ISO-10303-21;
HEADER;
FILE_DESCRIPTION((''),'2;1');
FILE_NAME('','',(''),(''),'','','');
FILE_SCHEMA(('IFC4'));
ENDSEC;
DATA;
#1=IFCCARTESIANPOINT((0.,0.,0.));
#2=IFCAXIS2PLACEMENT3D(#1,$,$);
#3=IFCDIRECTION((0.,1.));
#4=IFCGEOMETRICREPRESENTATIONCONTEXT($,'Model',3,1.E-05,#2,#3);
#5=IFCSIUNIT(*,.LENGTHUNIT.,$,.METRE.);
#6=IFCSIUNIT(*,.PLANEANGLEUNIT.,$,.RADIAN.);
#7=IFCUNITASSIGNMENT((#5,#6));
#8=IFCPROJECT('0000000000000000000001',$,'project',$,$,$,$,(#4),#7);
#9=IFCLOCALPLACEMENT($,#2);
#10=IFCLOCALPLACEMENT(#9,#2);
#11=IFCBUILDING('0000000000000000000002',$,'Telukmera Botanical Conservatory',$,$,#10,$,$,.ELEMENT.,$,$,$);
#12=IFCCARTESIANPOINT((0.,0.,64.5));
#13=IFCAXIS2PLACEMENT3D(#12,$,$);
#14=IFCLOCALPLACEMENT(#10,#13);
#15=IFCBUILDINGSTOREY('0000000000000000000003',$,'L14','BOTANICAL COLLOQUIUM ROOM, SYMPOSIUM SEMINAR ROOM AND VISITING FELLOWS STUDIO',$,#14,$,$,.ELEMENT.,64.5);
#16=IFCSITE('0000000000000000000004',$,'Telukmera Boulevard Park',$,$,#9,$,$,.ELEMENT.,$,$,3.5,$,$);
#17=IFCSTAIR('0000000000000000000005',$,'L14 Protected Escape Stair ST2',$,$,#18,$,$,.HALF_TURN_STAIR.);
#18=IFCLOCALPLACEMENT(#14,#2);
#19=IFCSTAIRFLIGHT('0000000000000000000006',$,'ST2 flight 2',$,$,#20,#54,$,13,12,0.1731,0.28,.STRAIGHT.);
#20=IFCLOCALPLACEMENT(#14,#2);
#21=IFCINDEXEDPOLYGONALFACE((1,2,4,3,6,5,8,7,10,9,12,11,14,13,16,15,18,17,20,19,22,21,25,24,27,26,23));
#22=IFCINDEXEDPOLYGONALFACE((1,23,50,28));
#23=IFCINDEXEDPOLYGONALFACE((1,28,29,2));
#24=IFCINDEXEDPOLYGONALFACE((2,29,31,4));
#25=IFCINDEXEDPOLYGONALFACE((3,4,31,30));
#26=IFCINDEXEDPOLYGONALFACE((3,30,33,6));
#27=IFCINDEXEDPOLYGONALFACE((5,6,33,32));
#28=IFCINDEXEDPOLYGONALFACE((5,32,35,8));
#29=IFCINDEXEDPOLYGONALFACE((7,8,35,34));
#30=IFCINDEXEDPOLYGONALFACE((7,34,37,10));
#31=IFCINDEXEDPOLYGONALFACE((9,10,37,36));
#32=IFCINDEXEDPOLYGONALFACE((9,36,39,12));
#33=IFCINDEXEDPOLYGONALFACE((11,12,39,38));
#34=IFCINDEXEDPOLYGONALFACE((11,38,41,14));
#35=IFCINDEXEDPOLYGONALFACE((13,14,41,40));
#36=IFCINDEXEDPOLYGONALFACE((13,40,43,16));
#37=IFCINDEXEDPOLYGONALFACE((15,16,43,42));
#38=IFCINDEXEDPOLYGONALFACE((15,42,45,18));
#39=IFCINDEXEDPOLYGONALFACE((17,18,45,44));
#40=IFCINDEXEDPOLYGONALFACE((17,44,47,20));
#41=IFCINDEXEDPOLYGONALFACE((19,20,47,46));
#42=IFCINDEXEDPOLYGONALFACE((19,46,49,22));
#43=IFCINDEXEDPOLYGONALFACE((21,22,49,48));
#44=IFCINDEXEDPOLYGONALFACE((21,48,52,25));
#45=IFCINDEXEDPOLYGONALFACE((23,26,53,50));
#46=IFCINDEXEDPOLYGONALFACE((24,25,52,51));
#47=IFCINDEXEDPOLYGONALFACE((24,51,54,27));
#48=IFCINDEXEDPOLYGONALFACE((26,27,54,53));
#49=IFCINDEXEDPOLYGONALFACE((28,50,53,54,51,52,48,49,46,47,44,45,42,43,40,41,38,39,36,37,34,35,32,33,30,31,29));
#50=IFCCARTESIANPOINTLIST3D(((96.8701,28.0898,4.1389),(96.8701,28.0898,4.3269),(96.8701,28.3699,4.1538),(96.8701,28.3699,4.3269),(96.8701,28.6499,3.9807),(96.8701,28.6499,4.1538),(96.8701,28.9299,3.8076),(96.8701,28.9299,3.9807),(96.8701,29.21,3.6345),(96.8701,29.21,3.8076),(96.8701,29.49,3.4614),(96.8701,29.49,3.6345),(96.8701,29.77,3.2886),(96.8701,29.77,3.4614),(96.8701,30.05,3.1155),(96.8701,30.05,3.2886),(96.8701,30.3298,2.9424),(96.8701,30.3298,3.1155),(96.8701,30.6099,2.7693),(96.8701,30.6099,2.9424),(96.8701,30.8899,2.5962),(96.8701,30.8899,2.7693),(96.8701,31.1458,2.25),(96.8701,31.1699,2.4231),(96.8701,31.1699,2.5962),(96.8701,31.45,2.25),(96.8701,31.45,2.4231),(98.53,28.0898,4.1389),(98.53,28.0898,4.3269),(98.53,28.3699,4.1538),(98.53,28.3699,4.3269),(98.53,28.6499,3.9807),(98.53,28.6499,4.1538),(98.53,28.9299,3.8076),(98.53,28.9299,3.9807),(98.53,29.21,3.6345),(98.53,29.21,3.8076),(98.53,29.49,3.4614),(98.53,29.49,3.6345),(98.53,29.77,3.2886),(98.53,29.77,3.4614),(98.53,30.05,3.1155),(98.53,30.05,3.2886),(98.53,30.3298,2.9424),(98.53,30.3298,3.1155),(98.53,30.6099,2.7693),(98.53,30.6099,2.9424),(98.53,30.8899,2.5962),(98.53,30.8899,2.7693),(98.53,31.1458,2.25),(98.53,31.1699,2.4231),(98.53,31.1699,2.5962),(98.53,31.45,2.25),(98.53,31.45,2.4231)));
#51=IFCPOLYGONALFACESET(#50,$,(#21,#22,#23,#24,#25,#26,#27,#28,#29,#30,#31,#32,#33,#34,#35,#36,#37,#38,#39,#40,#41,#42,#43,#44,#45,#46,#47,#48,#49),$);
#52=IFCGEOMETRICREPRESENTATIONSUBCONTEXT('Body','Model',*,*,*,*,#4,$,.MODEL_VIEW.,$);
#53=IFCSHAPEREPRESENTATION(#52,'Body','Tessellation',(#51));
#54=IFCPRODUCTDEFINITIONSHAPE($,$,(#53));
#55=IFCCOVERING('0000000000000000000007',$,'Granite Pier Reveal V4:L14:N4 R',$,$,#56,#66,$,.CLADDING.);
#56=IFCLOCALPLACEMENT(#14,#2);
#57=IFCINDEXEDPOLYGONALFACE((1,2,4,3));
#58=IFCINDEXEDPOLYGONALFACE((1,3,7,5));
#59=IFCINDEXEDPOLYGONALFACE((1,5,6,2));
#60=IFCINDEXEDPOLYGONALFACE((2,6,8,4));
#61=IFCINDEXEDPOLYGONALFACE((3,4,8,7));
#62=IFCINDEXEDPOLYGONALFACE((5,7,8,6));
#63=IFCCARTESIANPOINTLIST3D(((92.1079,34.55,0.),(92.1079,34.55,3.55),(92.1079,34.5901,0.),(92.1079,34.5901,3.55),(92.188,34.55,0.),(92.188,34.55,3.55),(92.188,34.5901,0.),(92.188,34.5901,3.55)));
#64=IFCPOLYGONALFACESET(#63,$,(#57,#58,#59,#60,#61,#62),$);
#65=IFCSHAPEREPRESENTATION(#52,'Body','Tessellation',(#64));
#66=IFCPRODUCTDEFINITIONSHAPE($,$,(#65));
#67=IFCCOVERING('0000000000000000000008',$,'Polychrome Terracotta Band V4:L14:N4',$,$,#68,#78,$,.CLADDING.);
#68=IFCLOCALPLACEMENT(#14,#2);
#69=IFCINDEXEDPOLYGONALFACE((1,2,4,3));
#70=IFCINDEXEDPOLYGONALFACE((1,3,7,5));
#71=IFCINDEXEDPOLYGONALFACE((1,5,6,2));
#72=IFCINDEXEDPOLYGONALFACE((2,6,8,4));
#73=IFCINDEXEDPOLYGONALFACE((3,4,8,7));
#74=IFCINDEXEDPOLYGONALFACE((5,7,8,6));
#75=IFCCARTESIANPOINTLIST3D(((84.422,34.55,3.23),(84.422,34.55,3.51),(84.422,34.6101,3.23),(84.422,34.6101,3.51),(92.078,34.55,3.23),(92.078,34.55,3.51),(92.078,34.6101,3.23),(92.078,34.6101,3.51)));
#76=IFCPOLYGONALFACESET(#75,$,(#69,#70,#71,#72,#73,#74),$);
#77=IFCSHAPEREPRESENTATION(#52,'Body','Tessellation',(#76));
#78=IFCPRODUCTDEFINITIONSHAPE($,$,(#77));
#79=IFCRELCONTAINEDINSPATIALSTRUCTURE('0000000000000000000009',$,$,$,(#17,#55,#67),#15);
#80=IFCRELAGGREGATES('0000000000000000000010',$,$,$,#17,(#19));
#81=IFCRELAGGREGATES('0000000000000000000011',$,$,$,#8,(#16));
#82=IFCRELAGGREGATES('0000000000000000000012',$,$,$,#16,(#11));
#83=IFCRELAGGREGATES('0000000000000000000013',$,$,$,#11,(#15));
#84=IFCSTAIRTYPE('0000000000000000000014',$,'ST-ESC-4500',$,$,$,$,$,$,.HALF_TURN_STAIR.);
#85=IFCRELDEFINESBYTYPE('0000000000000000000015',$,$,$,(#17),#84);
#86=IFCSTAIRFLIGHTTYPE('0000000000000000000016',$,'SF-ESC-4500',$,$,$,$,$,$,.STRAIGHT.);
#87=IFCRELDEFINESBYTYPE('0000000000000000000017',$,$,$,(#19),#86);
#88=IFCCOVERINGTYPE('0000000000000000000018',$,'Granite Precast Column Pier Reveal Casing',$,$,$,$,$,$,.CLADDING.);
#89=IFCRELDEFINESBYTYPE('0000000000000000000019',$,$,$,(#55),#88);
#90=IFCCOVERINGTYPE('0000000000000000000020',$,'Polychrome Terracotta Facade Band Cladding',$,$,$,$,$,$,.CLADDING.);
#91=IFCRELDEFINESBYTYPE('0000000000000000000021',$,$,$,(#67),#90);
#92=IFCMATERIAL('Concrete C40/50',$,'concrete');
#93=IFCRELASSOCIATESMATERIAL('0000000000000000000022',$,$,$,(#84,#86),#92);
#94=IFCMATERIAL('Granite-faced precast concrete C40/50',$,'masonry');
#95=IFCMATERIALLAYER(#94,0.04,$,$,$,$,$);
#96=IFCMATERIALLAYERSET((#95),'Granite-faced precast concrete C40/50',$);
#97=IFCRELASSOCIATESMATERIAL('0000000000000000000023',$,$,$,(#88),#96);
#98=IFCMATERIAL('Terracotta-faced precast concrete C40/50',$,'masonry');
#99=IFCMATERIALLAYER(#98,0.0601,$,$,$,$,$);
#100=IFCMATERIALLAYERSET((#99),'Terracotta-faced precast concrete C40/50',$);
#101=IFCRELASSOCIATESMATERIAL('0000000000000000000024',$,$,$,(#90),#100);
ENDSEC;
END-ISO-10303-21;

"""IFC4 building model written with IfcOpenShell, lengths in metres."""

from ifc_helpers import new_model, si_unit, direction, frame, origin, origin_2d, place, context, subcontext, project, spatial, polyline, rectangle, outline, extrude, material, layer, layer_set, type_object, element, aggregate, save


model = new_model("IFC4")

# Units and contexts
model_context = context("Model", 3, precision=1e-05, world=origin(), true_north=direction((0.0, 1.0)))
body_context = subcontext(model_context, "Body", "Model", "MODEL_VIEW")
ifc_project = project(units=[si_unit("LENGTHUNIT", "METRE"), si_unit("PLANEANGLEUNIT", "RADIAN")], contexts=[model_context])

# Site, building, storey
site_placement = place(None, origin())
site = spatial("IfcSite", under=ifc_project, at=site_placement, Name="Telukmera Boulevard Park", CompositionType="ELEMENT", RefElevation=3.5)
building_placement = place(site_placement, origin())
building = spatial("IfcBuilding", under=site, at=building_placement, Name="Telukmera Botanical Conservatory", CompositionType="ELEMENT")
storey_placement = place(building_placement, frame((0.0, 0.0, 64.5)))
storey = spatial("IfcBuildingStorey", under=building, at=storey_placement, Name="L14", Description="BOTANICAL COLLOQUIUM ROOM, SYMPOSIUM SEMINAR ROOM AND VISITING FELLOWS STUDIO", CompositionType="ELEMENT", Elevation=64.5)

# Shared definitions
ifc_material_1 = material(Name="Concrete C40/50", Category="concrete")

# Stair, stair flight
stair_type = type_object("IfcStairType", Name="ST-ESC-4500", PredefinedType="HALF_TURN_STAIR", material=ifc_material_1)
stair_placement = place(storey_placement, origin())
stair = element("IfcStair", 1, at=stair_placement, inside=storey, type_object=stair_type, Name="L14 Protected Escape Stair ST2", PredefinedType="HALF_TURN_STAIR")
stair_flight_type = type_object("IfcStairFlightType", Name="SF-ESC-4500", PredefinedType="STRAIGHT", material=ifc_material_1)
stair_flight_1_placement = place(storey_placement, frame((97.7, 31.45, 2.25), z_axis=(0.0, 0.0, 1.0), x_axis=(0.0, -1.0, 0.0)))
stair_flight_1 = element("IfcStairFlight", 2, at=stair_flight_1_placement, type_object=stair_flight_type, Name="ST2 flight 2", NumberOfRisers=13, NumberOfTreads=12, PredefinedType="STRAIGHT", RiserHeight=0.1731, TreadLength=0.28, context=body_context, shape_type="SweptSolid", body=[
    extrude(outline(polyline([(0.0, 0.0), (0.0, 0.1731), (0.28, 0.1731), (0.28, 0.3462), (0.5601, 0.3462), (0.5601, 0.5193), (0.8401, 0.5193), (0.8401, 0.6924), (1.1201, 0.6924), (1.1201, 0.8655), (1.3999, 0.8655), (1.3999, 1.0386), (1.6799, 1.0386), (1.6799, 1.2114), (1.96, 1.2114), (1.96, 1.3845), (2.24, 1.3845), (2.24, 1.5576), (2.52, 1.5576), (2.52, 1.7307), (2.8, 1.7307), (2.8, 1.9038), (3.0801, 1.9038), (3.0801, 2.0769), (3.3601, 2.0769), (3.3601, 2.25), (3.3601, 1.8889), (0.3042, 0.0), (0.0, 0.0)])), frame((0.0, 0.8301, 0.0), z_axis=(0.0, -1.0, 0.0), x_axis=(1.0, 0.0, 0.0)), (0.0, 0.0, 1.0), 1.6599),
])
aggregate(stair, [stair_flight_1])

# Coverings
ifc_material_2 = material(Name="Granite-faced precast concrete C40/50", Category="masonry")
ifc_layer_1 = layer(ifc_material_2, 0.04)
ifc_layer_set_1 = layer_set([ifc_layer_1], Name="Granite-faced precast concrete C40/50")
covering_type_1 = type_object("IfcCoveringType", Name="Granite Precast Column Pier Reveal Casing", PredefinedType="CLADDING", material=ifc_layer_set_1)
covering_1_placement = place(storey_placement, frame((92.1479, 34.5701, 0.0), z_axis=(0.0, 0.0, 1.0), x_axis=(1.0, 0.0, 0.0)))
element("IfcCovering", 3, at=covering_1_placement, inside=storey, type_object=covering_type_1, Name="Granite Pier Reveal V4:L14:N4 R", PredefinedType="CLADDING", context=body_context, shape_type="SweptSolid", body=[
    extrude(rectangle(XDim=0.0801, YDim=0.04, at=origin_2d()), origin(), (0.0, 0.0, 1.0), 3.55),
])
ifc_material_3 = material(Name="Terracotta-faced precast concrete C40/50", Category="masonry")
ifc_layer_2 = layer(ifc_material_3, 0.0601)
ifc_layer_set_2 = layer_set([ifc_layer_2], Name="Terracotta-faced precast concrete C40/50")
covering_type_2 = type_object("IfcCoveringType", Name="Polychrome Terracotta Facade Band Cladding", PredefinedType="CLADDING", material=ifc_layer_set_2)
covering_2_placement = place(storey_placement, frame((88.25, 34.5801, 3.23), z_axis=(0.0, 0.0, 1.0), x_axis=(1.0, 0.0, 0.0)))
element("IfcCovering", 4, at=covering_2_placement, inside=storey, type_object=covering_type_2, Name="Polychrome Terracotta Band V4:L14:N4", PredefinedType="CLADDING", context=body_context, shape_type="SweptSolid", body=[
    extrude(rectangle(XDim=7.656, YDim=0.0601, at=origin_2d()), origin(), (0.0, 0.0, 1.0), 0.28),
])

save(model, "model.ifc")
